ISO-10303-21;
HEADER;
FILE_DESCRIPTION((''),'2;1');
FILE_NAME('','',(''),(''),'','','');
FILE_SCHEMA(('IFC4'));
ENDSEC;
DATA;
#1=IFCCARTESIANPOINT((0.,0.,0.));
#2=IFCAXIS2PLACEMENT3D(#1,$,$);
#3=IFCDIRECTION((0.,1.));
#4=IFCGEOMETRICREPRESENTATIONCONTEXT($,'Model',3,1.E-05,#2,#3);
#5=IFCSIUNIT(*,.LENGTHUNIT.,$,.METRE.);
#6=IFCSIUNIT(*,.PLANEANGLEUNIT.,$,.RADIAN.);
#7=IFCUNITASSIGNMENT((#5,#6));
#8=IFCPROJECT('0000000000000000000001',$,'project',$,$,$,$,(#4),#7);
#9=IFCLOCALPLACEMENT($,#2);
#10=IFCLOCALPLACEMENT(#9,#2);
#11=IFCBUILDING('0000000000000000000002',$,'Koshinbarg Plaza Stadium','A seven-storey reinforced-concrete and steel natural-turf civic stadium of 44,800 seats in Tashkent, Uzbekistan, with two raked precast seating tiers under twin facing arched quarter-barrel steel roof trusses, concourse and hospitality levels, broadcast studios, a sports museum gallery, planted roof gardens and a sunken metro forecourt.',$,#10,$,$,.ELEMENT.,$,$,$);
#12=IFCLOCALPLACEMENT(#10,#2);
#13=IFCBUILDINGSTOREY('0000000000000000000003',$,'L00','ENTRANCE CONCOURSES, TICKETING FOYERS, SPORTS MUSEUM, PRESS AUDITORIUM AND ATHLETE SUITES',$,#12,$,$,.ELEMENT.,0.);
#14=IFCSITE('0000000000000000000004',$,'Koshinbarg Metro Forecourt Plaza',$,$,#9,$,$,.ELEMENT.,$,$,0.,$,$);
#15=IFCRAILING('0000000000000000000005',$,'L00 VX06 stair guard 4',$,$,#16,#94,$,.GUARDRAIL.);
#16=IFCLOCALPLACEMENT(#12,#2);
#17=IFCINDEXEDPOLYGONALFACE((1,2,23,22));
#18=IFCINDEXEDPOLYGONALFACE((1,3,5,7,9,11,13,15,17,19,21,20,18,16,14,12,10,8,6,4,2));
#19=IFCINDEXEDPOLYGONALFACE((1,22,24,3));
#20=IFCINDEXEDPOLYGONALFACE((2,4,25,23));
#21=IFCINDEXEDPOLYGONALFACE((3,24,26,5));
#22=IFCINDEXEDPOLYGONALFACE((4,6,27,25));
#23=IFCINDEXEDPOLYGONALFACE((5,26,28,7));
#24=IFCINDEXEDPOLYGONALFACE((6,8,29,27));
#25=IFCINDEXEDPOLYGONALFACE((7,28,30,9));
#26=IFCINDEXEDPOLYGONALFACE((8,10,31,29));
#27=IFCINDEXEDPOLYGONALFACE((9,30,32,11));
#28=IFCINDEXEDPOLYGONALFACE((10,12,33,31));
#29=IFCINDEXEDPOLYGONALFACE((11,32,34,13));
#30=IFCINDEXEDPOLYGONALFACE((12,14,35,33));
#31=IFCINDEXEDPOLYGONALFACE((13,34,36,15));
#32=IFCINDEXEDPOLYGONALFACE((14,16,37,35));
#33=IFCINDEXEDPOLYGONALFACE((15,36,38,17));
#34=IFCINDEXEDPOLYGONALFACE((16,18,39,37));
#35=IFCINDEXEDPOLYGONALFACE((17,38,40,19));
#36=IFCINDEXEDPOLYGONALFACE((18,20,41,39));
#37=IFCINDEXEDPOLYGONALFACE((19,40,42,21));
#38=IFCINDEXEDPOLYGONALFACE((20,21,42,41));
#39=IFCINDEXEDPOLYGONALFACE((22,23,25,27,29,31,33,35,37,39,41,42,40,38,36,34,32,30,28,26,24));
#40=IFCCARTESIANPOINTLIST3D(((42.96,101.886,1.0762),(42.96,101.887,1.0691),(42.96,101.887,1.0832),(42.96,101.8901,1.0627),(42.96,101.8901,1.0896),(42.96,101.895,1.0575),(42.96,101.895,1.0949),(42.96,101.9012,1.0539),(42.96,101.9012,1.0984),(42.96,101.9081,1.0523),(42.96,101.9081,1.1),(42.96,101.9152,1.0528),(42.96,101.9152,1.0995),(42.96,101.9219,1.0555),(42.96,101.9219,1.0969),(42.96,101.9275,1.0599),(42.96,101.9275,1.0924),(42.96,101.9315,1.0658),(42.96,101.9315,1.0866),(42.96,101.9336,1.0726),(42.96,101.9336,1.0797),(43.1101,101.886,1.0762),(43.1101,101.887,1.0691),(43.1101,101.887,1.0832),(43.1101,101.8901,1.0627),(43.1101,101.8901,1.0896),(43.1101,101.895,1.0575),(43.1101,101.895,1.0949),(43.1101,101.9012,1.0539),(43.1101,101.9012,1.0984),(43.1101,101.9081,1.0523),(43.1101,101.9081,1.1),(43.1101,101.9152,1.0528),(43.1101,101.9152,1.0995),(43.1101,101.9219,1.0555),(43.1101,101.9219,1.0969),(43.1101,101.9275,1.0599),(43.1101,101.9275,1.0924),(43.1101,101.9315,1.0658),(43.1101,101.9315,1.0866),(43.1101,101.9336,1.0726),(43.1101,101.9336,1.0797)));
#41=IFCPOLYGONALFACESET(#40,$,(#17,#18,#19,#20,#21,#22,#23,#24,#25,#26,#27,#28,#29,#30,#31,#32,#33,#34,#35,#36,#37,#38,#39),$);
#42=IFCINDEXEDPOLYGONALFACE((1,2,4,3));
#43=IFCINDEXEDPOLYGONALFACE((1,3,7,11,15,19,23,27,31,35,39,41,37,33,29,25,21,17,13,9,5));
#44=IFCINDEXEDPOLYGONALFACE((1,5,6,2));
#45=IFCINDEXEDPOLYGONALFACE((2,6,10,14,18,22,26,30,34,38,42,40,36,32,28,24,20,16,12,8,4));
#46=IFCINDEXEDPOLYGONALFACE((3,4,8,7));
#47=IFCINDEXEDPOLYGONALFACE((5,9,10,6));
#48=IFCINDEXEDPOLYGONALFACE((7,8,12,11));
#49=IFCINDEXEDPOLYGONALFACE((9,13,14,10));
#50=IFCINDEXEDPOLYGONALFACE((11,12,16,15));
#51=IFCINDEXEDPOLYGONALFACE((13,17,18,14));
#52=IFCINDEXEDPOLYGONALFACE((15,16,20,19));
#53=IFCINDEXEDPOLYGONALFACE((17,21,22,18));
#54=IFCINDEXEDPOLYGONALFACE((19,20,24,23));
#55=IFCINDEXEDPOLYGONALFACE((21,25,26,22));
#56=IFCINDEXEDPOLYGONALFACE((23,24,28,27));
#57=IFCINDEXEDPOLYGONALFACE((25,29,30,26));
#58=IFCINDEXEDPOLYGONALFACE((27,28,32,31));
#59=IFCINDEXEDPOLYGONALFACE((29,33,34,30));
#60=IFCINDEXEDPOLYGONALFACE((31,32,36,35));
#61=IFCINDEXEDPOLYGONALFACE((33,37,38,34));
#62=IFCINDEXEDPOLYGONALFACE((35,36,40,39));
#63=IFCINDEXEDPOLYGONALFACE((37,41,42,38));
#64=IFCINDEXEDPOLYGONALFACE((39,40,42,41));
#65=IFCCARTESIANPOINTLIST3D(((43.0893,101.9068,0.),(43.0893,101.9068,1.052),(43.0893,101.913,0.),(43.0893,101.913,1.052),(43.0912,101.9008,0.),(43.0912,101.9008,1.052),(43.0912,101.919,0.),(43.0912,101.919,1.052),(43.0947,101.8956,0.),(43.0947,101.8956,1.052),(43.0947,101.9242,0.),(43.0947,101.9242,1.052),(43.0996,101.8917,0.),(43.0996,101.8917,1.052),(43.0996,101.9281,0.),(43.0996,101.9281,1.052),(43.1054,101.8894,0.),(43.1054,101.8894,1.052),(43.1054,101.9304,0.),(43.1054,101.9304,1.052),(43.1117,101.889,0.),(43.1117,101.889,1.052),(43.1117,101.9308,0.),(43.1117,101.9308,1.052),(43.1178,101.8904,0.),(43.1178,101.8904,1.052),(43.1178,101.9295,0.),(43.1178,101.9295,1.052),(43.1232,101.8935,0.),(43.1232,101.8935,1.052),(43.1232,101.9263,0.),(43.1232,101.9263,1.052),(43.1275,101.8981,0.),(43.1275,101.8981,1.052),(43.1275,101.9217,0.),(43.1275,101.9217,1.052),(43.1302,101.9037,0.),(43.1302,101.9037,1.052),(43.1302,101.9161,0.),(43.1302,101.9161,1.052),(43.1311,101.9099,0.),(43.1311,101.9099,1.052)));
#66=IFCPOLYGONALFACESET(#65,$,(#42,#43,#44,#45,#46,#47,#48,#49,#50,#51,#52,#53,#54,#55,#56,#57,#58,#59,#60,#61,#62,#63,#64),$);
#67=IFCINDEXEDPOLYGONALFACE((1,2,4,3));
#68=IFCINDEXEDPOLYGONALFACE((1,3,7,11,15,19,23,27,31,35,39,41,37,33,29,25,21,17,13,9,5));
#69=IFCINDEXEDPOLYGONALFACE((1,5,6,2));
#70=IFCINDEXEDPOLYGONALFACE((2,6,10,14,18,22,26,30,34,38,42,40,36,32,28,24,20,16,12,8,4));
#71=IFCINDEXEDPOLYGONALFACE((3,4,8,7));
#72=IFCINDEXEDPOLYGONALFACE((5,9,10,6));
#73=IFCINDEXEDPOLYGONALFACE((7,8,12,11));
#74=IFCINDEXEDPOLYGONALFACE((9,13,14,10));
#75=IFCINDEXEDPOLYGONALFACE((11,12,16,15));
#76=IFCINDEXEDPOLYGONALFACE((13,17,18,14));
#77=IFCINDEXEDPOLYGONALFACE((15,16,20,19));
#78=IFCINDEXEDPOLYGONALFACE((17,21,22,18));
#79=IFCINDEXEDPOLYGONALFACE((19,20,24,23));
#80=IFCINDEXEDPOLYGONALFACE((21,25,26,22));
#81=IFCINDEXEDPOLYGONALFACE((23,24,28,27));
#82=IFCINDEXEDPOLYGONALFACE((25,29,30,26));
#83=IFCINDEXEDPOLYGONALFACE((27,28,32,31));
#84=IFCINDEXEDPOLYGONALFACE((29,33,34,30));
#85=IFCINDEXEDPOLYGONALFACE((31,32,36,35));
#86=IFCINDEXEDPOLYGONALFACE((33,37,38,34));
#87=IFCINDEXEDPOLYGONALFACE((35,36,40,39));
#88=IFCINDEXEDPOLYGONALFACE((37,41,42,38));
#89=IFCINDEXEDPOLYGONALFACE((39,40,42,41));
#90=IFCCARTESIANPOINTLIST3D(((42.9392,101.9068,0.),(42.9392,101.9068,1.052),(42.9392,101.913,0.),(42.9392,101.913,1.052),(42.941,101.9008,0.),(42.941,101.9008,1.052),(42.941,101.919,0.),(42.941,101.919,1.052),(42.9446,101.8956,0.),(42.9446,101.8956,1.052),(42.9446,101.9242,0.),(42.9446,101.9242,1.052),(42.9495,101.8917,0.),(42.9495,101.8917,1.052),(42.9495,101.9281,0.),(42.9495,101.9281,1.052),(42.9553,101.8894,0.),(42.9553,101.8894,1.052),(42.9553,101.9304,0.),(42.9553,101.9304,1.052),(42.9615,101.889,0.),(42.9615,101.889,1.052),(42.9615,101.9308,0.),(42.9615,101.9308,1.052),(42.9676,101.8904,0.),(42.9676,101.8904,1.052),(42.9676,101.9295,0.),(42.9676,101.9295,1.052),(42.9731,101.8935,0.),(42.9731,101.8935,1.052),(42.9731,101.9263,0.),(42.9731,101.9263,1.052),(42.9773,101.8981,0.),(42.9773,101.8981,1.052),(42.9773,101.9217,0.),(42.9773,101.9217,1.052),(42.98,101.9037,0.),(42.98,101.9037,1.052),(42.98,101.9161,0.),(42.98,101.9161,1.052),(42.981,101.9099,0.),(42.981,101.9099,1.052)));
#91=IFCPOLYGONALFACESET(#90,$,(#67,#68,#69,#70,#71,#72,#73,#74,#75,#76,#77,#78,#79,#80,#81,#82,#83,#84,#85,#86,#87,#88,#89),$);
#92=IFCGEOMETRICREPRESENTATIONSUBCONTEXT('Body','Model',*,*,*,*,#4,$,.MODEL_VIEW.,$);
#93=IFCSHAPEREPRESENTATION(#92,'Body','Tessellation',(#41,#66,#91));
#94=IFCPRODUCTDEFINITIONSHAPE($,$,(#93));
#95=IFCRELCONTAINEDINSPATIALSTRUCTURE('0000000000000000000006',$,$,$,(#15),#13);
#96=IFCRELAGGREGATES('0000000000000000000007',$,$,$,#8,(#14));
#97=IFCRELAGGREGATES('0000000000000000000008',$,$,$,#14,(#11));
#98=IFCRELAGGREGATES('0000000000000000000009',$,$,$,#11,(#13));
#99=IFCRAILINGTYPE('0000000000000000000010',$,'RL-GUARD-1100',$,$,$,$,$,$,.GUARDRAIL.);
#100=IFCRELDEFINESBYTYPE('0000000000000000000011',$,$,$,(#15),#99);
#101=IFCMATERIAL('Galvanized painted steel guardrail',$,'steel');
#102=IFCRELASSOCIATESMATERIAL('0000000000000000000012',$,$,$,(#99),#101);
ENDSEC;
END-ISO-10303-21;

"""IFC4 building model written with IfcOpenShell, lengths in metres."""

from ifc_helpers import new_model, si_unit, direction, frame, origin, origin_2d, place, context, subcontext, project, spatial, circle, extrude, material, type_object, element, save


model = new_model("IFC4")

# Units and contexts
model_context = context("Model", 3, precision=1e-05, world=origin(), true_north=direction((0.0, 1.0)))
body_context = subcontext(model_context, "Body", "Model", "MODEL_VIEW")
ifc_project = project(units=[si_unit("LENGTHUNIT", "METRE"), si_unit("PLANEANGLEUNIT", "RADIAN")], contexts=[model_context])

# Site, building, storey
site_placement = place(None, origin())
site = spatial("IfcSite", under=ifc_project, at=site_placement, Name="Koshinbarg Metro Forecourt Plaza", CompositionType="ELEMENT", RefElevation=0.0)
building_placement = place(site_placement, origin())
building = spatial("IfcBuilding", under=site, at=building_placement, Name="Koshinbarg Plaza Stadium", Description="A seven-storey reinforced-concrete and steel natural-turf civic stadium of 44,800 seats in Tashkent, Uzbekistan, with two raked precast seating tiers under twin facing arched quarter-barrel steel roof trusses, concourse and hospitality levels, broadcast studios, a sports museum gallery, planted roof gardens and a sunken metro forecourt.", CompositionType="ELEMENT")
storey_placement = place(building_placement, origin())
storey = spatial("IfcBuildingStorey", under=building, at=storey_placement, Name="L00", Description="ENTRANCE CONCOURSES, TICKETING FOYERS, SPORTS MUSEUM, PRESS AUDITORIUM AND ATHLETE SUITES", CompositionType="ELEMENT", Elevation=0.0)

# Railing
ifc_material_1 = material(Name="Galvanized painted steel guardrail", Category="steel")
railing_type_1 = type_object("IfcRailingType", Name="RL-GUARD-1100", PredefinedType="GUARDRAIL", material=ifc_material_1)
railing_1_placement = place(storey_placement, frame((43.1101, 101.9099, 0.0)))
element("IfcRailing", 1, at=railing_1_placement, inside=storey, type_object=railing_type_1, Name="L00 VX06 stair guard 4", PredefinedType="GUARDRAIL", context=body_context, shape_type="SweptSolid", body=[
    extrude(circle(Radius=0.0239, at=origin_2d()), frame((0.0, 0.0, 1.0762), z_axis=(-1.0, 0.0, 0.0), x_axis=(0.0, -1.0, 0.0)), (0.0, 0.0, 1.0), 0.1501),
    extrude(circle(Radius=0.021, at=origin_2d()), origin(), (0.0, 0.0, 1.0), 1.052),
    extrude(circle(Radius=0.021, at=origin_2d()), frame((-0.1501, 0.0, 0.0)), (0.0, 0.0, 1.0), 1.052),
])

save(model, "model.ifc")
